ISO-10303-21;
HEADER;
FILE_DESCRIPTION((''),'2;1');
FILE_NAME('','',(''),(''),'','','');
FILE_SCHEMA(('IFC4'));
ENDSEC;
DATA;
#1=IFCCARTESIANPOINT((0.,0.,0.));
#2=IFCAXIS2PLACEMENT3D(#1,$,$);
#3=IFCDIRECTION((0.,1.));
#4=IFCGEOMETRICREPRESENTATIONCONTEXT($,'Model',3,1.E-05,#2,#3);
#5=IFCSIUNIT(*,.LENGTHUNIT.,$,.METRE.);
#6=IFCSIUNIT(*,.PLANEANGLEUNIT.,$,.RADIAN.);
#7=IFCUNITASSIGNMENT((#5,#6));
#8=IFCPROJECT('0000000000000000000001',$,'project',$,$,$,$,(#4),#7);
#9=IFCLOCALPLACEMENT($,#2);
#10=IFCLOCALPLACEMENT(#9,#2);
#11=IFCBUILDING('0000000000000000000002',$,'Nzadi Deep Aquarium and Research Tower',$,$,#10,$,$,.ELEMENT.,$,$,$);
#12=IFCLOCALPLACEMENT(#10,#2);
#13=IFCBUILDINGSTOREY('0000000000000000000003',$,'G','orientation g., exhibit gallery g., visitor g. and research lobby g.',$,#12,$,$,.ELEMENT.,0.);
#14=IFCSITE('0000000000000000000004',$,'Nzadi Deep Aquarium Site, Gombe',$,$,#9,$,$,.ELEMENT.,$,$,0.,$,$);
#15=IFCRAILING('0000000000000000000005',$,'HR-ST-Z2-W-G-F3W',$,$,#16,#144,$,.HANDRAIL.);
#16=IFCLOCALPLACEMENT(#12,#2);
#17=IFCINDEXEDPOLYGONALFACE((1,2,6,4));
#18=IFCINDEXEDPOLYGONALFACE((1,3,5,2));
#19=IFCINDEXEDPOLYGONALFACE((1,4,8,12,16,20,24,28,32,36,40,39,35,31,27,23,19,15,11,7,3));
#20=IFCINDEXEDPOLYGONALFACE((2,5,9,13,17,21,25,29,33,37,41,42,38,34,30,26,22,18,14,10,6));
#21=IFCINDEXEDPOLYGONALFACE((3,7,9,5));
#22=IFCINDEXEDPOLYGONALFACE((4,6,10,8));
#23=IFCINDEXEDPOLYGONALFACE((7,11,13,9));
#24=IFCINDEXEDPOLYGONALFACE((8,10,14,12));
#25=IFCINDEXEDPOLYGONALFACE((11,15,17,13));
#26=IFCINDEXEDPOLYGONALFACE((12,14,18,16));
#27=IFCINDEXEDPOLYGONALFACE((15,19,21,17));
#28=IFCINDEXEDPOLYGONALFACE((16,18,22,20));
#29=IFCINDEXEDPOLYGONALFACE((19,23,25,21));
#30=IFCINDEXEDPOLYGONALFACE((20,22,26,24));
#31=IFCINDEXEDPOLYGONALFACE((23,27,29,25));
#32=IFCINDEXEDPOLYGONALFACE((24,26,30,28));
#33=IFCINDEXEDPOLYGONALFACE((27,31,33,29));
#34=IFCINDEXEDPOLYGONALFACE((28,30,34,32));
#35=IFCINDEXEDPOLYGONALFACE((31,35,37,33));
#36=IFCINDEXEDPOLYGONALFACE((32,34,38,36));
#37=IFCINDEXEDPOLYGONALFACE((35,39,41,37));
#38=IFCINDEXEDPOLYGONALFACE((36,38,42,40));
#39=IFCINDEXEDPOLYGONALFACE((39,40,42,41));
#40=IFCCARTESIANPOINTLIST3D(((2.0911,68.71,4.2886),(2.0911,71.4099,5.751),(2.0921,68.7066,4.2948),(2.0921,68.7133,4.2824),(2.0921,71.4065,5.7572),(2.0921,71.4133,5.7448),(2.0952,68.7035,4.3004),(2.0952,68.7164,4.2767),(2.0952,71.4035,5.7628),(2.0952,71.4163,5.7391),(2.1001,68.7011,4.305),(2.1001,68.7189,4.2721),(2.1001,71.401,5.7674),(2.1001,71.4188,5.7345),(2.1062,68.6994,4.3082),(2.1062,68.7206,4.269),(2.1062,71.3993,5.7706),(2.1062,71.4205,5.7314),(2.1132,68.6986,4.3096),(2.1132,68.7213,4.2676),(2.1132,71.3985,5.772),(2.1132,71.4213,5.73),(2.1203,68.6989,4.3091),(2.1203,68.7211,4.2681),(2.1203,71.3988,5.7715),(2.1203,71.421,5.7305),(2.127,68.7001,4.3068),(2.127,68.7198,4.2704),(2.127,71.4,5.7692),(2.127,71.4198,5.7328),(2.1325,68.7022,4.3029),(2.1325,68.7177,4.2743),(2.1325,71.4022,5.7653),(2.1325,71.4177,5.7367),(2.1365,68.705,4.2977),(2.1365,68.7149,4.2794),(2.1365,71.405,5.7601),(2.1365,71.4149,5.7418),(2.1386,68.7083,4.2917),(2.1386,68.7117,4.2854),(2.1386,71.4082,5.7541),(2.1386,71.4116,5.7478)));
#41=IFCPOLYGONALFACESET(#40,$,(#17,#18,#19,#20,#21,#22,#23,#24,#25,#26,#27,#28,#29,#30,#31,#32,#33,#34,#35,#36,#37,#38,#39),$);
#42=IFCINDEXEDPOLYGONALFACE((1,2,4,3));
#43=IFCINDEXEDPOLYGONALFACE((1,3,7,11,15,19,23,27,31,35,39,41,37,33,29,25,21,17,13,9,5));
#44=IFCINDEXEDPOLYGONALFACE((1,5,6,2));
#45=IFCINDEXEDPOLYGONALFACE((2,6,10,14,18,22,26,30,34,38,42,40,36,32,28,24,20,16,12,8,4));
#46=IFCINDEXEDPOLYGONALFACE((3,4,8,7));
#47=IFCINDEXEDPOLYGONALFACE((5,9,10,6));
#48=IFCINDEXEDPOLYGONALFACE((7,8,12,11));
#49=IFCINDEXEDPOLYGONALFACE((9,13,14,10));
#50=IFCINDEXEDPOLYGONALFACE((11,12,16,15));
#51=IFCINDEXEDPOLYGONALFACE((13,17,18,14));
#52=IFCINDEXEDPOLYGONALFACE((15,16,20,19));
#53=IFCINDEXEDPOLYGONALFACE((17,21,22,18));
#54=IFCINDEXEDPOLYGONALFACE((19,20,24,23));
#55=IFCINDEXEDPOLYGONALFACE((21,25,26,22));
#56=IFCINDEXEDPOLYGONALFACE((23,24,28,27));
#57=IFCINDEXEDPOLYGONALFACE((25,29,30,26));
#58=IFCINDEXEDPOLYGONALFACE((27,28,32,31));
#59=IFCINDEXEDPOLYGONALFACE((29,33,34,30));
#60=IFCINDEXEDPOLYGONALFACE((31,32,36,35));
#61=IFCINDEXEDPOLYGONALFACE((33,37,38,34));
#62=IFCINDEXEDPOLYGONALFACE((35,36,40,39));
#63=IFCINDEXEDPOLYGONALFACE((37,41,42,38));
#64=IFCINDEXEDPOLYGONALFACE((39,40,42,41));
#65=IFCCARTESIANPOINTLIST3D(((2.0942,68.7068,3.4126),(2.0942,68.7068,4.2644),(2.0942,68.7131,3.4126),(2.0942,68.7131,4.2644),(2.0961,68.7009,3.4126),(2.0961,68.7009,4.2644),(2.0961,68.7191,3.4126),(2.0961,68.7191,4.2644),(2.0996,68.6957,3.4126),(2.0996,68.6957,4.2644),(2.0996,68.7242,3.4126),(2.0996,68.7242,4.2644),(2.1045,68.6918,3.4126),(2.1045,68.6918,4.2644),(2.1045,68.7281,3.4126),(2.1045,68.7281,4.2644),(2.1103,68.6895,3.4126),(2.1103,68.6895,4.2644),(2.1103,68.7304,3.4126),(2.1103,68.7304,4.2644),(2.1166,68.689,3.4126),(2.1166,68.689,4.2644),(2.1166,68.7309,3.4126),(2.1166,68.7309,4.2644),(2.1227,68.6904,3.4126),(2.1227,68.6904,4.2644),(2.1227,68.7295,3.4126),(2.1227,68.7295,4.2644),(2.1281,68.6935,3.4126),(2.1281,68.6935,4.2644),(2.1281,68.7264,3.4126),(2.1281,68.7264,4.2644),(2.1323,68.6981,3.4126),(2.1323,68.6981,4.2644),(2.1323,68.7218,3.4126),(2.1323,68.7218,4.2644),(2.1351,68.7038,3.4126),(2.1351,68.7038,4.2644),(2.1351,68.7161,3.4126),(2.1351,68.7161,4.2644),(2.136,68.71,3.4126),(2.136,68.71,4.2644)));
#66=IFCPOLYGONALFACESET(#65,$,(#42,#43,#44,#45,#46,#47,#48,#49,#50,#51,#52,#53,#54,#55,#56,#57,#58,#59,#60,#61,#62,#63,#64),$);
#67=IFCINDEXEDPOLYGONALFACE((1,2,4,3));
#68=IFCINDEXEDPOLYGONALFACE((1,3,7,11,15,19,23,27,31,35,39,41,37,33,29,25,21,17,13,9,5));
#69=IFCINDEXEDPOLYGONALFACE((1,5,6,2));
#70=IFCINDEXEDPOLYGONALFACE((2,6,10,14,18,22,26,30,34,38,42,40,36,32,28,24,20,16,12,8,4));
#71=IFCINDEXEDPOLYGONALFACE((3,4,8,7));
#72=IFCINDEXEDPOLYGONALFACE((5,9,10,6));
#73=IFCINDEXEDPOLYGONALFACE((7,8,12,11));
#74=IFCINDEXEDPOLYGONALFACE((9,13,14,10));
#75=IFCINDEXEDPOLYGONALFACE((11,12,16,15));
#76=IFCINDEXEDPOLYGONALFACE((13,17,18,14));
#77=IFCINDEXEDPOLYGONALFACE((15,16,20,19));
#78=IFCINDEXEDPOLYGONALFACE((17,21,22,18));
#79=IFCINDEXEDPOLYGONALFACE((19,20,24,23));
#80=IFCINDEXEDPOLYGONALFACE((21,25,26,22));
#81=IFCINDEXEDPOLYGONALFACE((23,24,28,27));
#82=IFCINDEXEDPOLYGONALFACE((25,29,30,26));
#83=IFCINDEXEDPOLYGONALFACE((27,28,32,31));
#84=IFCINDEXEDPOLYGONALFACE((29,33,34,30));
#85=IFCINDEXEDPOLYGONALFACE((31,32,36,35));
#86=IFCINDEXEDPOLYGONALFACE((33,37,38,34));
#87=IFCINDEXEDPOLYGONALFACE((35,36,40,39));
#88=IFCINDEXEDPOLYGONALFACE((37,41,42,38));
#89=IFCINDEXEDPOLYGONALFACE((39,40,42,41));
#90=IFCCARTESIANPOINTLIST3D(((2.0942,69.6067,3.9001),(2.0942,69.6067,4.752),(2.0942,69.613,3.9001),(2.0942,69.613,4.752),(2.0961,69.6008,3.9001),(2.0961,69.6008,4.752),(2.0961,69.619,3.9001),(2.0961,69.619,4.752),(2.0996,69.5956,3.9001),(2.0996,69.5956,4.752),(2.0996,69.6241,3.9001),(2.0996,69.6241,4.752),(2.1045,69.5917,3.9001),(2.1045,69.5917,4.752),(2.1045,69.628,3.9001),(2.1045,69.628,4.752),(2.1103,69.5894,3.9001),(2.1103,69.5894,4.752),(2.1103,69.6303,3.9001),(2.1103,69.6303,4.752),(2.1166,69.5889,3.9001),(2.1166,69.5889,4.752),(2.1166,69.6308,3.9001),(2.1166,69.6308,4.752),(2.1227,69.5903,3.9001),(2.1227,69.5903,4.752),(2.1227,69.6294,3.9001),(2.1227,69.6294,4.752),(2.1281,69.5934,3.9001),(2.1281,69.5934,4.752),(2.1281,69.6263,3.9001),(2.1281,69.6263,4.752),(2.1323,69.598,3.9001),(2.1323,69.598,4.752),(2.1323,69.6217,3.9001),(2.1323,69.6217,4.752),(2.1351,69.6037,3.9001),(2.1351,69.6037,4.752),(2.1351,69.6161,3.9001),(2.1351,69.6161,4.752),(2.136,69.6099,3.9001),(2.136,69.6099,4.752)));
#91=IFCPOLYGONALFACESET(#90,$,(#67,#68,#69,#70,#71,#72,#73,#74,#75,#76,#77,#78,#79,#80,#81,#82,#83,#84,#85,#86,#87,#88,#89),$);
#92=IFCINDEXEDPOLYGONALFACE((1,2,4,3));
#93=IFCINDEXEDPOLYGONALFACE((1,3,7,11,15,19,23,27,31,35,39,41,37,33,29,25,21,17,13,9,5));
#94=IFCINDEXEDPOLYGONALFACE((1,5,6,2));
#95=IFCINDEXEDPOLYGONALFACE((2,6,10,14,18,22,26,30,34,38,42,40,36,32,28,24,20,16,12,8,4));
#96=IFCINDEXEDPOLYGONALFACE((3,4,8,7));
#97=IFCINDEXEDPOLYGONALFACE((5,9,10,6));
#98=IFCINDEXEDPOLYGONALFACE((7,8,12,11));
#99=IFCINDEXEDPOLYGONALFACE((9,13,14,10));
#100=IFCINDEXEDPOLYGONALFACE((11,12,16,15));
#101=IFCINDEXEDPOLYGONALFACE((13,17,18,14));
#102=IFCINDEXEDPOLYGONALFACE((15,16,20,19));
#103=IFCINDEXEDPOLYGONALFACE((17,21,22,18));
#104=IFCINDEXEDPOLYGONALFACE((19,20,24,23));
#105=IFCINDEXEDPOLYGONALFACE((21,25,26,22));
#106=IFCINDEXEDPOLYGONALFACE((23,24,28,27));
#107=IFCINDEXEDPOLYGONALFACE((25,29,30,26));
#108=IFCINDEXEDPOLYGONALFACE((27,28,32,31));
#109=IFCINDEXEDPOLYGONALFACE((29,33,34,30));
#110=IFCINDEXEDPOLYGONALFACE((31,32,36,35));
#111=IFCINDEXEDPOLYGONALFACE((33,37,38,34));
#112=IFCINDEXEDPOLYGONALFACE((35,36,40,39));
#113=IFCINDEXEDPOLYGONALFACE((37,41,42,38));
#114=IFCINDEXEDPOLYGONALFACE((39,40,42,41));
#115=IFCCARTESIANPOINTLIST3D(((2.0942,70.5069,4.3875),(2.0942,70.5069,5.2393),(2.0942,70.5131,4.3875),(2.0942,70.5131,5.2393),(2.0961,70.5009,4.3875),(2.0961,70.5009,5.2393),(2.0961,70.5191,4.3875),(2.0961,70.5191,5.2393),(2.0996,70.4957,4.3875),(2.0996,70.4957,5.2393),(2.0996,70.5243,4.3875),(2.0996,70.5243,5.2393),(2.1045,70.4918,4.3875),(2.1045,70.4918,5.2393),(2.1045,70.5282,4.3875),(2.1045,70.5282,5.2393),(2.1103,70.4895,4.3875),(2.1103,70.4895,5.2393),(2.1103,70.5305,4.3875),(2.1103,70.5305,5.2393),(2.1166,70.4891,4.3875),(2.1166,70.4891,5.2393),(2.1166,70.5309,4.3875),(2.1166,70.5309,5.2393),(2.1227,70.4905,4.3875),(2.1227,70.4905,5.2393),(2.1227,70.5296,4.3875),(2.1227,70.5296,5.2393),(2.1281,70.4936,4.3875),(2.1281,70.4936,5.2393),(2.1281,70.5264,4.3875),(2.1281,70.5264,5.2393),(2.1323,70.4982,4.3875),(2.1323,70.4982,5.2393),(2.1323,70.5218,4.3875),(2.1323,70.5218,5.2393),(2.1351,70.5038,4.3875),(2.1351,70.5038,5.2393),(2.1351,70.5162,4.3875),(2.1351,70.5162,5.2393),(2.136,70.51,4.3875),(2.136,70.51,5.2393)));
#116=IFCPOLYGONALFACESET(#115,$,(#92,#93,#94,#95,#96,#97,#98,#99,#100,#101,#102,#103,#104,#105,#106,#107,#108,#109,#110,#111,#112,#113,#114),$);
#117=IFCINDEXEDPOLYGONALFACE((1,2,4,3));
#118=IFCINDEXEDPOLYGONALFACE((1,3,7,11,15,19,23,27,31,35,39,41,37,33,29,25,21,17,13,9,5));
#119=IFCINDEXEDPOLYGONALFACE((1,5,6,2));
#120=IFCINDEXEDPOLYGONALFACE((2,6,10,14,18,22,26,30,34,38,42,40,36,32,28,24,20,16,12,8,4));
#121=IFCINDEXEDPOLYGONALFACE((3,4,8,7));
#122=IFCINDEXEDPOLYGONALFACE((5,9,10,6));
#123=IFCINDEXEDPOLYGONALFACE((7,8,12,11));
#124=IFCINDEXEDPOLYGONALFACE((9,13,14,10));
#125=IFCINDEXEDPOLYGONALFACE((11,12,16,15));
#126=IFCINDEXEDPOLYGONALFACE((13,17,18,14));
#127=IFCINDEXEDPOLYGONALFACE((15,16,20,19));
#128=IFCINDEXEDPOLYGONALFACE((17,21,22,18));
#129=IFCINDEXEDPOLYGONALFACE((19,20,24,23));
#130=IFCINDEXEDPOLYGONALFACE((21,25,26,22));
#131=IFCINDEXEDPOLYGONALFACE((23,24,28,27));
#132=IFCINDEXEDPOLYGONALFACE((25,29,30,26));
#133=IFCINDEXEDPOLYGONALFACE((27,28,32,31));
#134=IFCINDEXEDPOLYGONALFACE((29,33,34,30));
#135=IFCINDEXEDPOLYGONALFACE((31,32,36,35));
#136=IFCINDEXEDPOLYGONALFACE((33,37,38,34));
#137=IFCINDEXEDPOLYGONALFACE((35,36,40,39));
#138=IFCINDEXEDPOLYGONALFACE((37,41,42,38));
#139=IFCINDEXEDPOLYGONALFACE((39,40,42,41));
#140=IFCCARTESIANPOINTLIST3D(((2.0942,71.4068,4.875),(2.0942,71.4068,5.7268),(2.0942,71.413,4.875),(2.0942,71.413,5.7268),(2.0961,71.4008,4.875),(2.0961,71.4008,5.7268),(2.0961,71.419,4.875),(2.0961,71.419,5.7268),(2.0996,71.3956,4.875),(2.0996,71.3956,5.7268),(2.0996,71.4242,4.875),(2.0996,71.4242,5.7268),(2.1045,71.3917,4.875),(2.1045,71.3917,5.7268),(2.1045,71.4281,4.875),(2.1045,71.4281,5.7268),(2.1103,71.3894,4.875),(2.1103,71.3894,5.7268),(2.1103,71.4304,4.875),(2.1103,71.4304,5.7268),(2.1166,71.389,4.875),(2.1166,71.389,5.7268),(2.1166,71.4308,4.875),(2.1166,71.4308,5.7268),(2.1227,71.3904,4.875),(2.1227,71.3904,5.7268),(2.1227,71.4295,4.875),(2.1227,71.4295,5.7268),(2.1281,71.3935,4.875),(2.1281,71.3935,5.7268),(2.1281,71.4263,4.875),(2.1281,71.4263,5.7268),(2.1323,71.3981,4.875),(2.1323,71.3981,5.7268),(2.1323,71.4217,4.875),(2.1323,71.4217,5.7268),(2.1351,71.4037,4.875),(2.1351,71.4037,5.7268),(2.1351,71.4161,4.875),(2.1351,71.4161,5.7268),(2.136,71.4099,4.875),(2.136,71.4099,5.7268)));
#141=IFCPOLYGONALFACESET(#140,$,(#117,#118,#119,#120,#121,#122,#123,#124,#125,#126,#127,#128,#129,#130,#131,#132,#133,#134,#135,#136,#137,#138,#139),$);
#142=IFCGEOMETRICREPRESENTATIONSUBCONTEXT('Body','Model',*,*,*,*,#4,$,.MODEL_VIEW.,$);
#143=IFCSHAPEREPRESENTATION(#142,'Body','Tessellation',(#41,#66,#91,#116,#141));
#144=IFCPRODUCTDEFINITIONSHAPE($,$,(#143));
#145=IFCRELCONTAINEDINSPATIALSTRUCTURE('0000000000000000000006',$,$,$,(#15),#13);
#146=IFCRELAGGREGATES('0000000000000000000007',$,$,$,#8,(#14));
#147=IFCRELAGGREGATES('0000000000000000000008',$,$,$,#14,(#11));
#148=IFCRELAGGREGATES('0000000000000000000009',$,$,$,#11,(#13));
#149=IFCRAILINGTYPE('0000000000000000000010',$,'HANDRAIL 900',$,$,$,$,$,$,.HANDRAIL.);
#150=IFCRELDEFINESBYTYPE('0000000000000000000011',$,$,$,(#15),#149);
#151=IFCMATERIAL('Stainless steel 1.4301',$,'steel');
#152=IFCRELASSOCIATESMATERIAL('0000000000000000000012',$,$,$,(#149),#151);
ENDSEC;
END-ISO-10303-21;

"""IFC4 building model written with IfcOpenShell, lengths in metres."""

from ifc_helpers import new_model, si_unit, direction, frame, origin, origin_2d, place, context, subcontext, project, spatial, circle, extrude, material, type_object, element, save


model = new_model("IFC4")

# Units and contexts
model_context = context("Model", 3, precision=1e-05, world=origin(), true_north=direction((0.0, 1.0)))
body_context = subcontext(model_context, "Body", "Model", "MODEL_VIEW")
ifc_project = project(units=[si_unit("LENGTHUNIT", "METRE"), si_unit("PLANEANGLEUNIT", "RADIAN")], contexts=[model_context])

# Site, building, storey
site_placement = place(None, origin())
site = spatial("IfcSite", under=ifc_project, at=site_placement, Name="Nzadi Deep Aquarium Site, Gombe", CompositionType="ELEMENT", RefElevation=0.0)
building_placement = place(site_placement, origin())
building = spatial("IfcBuilding", under=site, at=building_placement, Name="Nzadi Deep Aquarium and Research Tower", CompositionType="ELEMENT")
storey_placement = place(building_placement, origin())
storey = spatial("IfcBuildingStorey", under=building, at=storey_placement, Name="G", Description="orientation g., exhibit gallery g., visitor g. and research lobby g.", CompositionType="ELEMENT", Elevation=0.0)

# Railing
ifc_material_1 = material(Name="Stainless steel 1.4301", Category="steel")
railing_type = type_object("IfcRailingType", Name="HANDRAIL 900", PredefinedType="HANDRAIL", material=ifc_material_1)
for number, where, name in (
    (1, (2.115, 68.71, 3.4126), "HR-ST-Z2-W-G-F3W"),
):
    element("IfcRailing", number, at=place(storey_placement, frame(where)), inside=storey, type_object=railing_type, Name=name, PredefinedType="HANDRAIL", context=body_context, shape_type="SweptSolid", body=[
        extrude(circle(Radius=0.0239, at=origin_2d()), frame((0.0, 0.0, 0.876), z_axis=(0.0, 0.879302, 0.476265), x_axis=(-1.0, 0.0, 0.0)), (0.0, 0.0, 1.0), 3.0706),
        extrude(circle(Radius=0.021, at=origin_2d()), origin(), (0.0, 0.0, 1.0), 0.8518),
        extrude(circle(Radius=0.021, at=origin_2d()), frame((0.0, 0.8999, 0.4875)), (0.0, 0.0, 1.0), 0.8518),
        extrude(circle(Radius=0.021, at=origin_2d()), frame((0.0, 1.8, 0.9749)), (0.0, 0.0, 1.0), 0.8518),
        extrude(circle(Radius=0.021, at=origin_2d()), frame((0.0, 2.7, 1.4624)), (0.0, 0.0, 1.0), 0.8518),
    ])

save(model, "model.ifc")
